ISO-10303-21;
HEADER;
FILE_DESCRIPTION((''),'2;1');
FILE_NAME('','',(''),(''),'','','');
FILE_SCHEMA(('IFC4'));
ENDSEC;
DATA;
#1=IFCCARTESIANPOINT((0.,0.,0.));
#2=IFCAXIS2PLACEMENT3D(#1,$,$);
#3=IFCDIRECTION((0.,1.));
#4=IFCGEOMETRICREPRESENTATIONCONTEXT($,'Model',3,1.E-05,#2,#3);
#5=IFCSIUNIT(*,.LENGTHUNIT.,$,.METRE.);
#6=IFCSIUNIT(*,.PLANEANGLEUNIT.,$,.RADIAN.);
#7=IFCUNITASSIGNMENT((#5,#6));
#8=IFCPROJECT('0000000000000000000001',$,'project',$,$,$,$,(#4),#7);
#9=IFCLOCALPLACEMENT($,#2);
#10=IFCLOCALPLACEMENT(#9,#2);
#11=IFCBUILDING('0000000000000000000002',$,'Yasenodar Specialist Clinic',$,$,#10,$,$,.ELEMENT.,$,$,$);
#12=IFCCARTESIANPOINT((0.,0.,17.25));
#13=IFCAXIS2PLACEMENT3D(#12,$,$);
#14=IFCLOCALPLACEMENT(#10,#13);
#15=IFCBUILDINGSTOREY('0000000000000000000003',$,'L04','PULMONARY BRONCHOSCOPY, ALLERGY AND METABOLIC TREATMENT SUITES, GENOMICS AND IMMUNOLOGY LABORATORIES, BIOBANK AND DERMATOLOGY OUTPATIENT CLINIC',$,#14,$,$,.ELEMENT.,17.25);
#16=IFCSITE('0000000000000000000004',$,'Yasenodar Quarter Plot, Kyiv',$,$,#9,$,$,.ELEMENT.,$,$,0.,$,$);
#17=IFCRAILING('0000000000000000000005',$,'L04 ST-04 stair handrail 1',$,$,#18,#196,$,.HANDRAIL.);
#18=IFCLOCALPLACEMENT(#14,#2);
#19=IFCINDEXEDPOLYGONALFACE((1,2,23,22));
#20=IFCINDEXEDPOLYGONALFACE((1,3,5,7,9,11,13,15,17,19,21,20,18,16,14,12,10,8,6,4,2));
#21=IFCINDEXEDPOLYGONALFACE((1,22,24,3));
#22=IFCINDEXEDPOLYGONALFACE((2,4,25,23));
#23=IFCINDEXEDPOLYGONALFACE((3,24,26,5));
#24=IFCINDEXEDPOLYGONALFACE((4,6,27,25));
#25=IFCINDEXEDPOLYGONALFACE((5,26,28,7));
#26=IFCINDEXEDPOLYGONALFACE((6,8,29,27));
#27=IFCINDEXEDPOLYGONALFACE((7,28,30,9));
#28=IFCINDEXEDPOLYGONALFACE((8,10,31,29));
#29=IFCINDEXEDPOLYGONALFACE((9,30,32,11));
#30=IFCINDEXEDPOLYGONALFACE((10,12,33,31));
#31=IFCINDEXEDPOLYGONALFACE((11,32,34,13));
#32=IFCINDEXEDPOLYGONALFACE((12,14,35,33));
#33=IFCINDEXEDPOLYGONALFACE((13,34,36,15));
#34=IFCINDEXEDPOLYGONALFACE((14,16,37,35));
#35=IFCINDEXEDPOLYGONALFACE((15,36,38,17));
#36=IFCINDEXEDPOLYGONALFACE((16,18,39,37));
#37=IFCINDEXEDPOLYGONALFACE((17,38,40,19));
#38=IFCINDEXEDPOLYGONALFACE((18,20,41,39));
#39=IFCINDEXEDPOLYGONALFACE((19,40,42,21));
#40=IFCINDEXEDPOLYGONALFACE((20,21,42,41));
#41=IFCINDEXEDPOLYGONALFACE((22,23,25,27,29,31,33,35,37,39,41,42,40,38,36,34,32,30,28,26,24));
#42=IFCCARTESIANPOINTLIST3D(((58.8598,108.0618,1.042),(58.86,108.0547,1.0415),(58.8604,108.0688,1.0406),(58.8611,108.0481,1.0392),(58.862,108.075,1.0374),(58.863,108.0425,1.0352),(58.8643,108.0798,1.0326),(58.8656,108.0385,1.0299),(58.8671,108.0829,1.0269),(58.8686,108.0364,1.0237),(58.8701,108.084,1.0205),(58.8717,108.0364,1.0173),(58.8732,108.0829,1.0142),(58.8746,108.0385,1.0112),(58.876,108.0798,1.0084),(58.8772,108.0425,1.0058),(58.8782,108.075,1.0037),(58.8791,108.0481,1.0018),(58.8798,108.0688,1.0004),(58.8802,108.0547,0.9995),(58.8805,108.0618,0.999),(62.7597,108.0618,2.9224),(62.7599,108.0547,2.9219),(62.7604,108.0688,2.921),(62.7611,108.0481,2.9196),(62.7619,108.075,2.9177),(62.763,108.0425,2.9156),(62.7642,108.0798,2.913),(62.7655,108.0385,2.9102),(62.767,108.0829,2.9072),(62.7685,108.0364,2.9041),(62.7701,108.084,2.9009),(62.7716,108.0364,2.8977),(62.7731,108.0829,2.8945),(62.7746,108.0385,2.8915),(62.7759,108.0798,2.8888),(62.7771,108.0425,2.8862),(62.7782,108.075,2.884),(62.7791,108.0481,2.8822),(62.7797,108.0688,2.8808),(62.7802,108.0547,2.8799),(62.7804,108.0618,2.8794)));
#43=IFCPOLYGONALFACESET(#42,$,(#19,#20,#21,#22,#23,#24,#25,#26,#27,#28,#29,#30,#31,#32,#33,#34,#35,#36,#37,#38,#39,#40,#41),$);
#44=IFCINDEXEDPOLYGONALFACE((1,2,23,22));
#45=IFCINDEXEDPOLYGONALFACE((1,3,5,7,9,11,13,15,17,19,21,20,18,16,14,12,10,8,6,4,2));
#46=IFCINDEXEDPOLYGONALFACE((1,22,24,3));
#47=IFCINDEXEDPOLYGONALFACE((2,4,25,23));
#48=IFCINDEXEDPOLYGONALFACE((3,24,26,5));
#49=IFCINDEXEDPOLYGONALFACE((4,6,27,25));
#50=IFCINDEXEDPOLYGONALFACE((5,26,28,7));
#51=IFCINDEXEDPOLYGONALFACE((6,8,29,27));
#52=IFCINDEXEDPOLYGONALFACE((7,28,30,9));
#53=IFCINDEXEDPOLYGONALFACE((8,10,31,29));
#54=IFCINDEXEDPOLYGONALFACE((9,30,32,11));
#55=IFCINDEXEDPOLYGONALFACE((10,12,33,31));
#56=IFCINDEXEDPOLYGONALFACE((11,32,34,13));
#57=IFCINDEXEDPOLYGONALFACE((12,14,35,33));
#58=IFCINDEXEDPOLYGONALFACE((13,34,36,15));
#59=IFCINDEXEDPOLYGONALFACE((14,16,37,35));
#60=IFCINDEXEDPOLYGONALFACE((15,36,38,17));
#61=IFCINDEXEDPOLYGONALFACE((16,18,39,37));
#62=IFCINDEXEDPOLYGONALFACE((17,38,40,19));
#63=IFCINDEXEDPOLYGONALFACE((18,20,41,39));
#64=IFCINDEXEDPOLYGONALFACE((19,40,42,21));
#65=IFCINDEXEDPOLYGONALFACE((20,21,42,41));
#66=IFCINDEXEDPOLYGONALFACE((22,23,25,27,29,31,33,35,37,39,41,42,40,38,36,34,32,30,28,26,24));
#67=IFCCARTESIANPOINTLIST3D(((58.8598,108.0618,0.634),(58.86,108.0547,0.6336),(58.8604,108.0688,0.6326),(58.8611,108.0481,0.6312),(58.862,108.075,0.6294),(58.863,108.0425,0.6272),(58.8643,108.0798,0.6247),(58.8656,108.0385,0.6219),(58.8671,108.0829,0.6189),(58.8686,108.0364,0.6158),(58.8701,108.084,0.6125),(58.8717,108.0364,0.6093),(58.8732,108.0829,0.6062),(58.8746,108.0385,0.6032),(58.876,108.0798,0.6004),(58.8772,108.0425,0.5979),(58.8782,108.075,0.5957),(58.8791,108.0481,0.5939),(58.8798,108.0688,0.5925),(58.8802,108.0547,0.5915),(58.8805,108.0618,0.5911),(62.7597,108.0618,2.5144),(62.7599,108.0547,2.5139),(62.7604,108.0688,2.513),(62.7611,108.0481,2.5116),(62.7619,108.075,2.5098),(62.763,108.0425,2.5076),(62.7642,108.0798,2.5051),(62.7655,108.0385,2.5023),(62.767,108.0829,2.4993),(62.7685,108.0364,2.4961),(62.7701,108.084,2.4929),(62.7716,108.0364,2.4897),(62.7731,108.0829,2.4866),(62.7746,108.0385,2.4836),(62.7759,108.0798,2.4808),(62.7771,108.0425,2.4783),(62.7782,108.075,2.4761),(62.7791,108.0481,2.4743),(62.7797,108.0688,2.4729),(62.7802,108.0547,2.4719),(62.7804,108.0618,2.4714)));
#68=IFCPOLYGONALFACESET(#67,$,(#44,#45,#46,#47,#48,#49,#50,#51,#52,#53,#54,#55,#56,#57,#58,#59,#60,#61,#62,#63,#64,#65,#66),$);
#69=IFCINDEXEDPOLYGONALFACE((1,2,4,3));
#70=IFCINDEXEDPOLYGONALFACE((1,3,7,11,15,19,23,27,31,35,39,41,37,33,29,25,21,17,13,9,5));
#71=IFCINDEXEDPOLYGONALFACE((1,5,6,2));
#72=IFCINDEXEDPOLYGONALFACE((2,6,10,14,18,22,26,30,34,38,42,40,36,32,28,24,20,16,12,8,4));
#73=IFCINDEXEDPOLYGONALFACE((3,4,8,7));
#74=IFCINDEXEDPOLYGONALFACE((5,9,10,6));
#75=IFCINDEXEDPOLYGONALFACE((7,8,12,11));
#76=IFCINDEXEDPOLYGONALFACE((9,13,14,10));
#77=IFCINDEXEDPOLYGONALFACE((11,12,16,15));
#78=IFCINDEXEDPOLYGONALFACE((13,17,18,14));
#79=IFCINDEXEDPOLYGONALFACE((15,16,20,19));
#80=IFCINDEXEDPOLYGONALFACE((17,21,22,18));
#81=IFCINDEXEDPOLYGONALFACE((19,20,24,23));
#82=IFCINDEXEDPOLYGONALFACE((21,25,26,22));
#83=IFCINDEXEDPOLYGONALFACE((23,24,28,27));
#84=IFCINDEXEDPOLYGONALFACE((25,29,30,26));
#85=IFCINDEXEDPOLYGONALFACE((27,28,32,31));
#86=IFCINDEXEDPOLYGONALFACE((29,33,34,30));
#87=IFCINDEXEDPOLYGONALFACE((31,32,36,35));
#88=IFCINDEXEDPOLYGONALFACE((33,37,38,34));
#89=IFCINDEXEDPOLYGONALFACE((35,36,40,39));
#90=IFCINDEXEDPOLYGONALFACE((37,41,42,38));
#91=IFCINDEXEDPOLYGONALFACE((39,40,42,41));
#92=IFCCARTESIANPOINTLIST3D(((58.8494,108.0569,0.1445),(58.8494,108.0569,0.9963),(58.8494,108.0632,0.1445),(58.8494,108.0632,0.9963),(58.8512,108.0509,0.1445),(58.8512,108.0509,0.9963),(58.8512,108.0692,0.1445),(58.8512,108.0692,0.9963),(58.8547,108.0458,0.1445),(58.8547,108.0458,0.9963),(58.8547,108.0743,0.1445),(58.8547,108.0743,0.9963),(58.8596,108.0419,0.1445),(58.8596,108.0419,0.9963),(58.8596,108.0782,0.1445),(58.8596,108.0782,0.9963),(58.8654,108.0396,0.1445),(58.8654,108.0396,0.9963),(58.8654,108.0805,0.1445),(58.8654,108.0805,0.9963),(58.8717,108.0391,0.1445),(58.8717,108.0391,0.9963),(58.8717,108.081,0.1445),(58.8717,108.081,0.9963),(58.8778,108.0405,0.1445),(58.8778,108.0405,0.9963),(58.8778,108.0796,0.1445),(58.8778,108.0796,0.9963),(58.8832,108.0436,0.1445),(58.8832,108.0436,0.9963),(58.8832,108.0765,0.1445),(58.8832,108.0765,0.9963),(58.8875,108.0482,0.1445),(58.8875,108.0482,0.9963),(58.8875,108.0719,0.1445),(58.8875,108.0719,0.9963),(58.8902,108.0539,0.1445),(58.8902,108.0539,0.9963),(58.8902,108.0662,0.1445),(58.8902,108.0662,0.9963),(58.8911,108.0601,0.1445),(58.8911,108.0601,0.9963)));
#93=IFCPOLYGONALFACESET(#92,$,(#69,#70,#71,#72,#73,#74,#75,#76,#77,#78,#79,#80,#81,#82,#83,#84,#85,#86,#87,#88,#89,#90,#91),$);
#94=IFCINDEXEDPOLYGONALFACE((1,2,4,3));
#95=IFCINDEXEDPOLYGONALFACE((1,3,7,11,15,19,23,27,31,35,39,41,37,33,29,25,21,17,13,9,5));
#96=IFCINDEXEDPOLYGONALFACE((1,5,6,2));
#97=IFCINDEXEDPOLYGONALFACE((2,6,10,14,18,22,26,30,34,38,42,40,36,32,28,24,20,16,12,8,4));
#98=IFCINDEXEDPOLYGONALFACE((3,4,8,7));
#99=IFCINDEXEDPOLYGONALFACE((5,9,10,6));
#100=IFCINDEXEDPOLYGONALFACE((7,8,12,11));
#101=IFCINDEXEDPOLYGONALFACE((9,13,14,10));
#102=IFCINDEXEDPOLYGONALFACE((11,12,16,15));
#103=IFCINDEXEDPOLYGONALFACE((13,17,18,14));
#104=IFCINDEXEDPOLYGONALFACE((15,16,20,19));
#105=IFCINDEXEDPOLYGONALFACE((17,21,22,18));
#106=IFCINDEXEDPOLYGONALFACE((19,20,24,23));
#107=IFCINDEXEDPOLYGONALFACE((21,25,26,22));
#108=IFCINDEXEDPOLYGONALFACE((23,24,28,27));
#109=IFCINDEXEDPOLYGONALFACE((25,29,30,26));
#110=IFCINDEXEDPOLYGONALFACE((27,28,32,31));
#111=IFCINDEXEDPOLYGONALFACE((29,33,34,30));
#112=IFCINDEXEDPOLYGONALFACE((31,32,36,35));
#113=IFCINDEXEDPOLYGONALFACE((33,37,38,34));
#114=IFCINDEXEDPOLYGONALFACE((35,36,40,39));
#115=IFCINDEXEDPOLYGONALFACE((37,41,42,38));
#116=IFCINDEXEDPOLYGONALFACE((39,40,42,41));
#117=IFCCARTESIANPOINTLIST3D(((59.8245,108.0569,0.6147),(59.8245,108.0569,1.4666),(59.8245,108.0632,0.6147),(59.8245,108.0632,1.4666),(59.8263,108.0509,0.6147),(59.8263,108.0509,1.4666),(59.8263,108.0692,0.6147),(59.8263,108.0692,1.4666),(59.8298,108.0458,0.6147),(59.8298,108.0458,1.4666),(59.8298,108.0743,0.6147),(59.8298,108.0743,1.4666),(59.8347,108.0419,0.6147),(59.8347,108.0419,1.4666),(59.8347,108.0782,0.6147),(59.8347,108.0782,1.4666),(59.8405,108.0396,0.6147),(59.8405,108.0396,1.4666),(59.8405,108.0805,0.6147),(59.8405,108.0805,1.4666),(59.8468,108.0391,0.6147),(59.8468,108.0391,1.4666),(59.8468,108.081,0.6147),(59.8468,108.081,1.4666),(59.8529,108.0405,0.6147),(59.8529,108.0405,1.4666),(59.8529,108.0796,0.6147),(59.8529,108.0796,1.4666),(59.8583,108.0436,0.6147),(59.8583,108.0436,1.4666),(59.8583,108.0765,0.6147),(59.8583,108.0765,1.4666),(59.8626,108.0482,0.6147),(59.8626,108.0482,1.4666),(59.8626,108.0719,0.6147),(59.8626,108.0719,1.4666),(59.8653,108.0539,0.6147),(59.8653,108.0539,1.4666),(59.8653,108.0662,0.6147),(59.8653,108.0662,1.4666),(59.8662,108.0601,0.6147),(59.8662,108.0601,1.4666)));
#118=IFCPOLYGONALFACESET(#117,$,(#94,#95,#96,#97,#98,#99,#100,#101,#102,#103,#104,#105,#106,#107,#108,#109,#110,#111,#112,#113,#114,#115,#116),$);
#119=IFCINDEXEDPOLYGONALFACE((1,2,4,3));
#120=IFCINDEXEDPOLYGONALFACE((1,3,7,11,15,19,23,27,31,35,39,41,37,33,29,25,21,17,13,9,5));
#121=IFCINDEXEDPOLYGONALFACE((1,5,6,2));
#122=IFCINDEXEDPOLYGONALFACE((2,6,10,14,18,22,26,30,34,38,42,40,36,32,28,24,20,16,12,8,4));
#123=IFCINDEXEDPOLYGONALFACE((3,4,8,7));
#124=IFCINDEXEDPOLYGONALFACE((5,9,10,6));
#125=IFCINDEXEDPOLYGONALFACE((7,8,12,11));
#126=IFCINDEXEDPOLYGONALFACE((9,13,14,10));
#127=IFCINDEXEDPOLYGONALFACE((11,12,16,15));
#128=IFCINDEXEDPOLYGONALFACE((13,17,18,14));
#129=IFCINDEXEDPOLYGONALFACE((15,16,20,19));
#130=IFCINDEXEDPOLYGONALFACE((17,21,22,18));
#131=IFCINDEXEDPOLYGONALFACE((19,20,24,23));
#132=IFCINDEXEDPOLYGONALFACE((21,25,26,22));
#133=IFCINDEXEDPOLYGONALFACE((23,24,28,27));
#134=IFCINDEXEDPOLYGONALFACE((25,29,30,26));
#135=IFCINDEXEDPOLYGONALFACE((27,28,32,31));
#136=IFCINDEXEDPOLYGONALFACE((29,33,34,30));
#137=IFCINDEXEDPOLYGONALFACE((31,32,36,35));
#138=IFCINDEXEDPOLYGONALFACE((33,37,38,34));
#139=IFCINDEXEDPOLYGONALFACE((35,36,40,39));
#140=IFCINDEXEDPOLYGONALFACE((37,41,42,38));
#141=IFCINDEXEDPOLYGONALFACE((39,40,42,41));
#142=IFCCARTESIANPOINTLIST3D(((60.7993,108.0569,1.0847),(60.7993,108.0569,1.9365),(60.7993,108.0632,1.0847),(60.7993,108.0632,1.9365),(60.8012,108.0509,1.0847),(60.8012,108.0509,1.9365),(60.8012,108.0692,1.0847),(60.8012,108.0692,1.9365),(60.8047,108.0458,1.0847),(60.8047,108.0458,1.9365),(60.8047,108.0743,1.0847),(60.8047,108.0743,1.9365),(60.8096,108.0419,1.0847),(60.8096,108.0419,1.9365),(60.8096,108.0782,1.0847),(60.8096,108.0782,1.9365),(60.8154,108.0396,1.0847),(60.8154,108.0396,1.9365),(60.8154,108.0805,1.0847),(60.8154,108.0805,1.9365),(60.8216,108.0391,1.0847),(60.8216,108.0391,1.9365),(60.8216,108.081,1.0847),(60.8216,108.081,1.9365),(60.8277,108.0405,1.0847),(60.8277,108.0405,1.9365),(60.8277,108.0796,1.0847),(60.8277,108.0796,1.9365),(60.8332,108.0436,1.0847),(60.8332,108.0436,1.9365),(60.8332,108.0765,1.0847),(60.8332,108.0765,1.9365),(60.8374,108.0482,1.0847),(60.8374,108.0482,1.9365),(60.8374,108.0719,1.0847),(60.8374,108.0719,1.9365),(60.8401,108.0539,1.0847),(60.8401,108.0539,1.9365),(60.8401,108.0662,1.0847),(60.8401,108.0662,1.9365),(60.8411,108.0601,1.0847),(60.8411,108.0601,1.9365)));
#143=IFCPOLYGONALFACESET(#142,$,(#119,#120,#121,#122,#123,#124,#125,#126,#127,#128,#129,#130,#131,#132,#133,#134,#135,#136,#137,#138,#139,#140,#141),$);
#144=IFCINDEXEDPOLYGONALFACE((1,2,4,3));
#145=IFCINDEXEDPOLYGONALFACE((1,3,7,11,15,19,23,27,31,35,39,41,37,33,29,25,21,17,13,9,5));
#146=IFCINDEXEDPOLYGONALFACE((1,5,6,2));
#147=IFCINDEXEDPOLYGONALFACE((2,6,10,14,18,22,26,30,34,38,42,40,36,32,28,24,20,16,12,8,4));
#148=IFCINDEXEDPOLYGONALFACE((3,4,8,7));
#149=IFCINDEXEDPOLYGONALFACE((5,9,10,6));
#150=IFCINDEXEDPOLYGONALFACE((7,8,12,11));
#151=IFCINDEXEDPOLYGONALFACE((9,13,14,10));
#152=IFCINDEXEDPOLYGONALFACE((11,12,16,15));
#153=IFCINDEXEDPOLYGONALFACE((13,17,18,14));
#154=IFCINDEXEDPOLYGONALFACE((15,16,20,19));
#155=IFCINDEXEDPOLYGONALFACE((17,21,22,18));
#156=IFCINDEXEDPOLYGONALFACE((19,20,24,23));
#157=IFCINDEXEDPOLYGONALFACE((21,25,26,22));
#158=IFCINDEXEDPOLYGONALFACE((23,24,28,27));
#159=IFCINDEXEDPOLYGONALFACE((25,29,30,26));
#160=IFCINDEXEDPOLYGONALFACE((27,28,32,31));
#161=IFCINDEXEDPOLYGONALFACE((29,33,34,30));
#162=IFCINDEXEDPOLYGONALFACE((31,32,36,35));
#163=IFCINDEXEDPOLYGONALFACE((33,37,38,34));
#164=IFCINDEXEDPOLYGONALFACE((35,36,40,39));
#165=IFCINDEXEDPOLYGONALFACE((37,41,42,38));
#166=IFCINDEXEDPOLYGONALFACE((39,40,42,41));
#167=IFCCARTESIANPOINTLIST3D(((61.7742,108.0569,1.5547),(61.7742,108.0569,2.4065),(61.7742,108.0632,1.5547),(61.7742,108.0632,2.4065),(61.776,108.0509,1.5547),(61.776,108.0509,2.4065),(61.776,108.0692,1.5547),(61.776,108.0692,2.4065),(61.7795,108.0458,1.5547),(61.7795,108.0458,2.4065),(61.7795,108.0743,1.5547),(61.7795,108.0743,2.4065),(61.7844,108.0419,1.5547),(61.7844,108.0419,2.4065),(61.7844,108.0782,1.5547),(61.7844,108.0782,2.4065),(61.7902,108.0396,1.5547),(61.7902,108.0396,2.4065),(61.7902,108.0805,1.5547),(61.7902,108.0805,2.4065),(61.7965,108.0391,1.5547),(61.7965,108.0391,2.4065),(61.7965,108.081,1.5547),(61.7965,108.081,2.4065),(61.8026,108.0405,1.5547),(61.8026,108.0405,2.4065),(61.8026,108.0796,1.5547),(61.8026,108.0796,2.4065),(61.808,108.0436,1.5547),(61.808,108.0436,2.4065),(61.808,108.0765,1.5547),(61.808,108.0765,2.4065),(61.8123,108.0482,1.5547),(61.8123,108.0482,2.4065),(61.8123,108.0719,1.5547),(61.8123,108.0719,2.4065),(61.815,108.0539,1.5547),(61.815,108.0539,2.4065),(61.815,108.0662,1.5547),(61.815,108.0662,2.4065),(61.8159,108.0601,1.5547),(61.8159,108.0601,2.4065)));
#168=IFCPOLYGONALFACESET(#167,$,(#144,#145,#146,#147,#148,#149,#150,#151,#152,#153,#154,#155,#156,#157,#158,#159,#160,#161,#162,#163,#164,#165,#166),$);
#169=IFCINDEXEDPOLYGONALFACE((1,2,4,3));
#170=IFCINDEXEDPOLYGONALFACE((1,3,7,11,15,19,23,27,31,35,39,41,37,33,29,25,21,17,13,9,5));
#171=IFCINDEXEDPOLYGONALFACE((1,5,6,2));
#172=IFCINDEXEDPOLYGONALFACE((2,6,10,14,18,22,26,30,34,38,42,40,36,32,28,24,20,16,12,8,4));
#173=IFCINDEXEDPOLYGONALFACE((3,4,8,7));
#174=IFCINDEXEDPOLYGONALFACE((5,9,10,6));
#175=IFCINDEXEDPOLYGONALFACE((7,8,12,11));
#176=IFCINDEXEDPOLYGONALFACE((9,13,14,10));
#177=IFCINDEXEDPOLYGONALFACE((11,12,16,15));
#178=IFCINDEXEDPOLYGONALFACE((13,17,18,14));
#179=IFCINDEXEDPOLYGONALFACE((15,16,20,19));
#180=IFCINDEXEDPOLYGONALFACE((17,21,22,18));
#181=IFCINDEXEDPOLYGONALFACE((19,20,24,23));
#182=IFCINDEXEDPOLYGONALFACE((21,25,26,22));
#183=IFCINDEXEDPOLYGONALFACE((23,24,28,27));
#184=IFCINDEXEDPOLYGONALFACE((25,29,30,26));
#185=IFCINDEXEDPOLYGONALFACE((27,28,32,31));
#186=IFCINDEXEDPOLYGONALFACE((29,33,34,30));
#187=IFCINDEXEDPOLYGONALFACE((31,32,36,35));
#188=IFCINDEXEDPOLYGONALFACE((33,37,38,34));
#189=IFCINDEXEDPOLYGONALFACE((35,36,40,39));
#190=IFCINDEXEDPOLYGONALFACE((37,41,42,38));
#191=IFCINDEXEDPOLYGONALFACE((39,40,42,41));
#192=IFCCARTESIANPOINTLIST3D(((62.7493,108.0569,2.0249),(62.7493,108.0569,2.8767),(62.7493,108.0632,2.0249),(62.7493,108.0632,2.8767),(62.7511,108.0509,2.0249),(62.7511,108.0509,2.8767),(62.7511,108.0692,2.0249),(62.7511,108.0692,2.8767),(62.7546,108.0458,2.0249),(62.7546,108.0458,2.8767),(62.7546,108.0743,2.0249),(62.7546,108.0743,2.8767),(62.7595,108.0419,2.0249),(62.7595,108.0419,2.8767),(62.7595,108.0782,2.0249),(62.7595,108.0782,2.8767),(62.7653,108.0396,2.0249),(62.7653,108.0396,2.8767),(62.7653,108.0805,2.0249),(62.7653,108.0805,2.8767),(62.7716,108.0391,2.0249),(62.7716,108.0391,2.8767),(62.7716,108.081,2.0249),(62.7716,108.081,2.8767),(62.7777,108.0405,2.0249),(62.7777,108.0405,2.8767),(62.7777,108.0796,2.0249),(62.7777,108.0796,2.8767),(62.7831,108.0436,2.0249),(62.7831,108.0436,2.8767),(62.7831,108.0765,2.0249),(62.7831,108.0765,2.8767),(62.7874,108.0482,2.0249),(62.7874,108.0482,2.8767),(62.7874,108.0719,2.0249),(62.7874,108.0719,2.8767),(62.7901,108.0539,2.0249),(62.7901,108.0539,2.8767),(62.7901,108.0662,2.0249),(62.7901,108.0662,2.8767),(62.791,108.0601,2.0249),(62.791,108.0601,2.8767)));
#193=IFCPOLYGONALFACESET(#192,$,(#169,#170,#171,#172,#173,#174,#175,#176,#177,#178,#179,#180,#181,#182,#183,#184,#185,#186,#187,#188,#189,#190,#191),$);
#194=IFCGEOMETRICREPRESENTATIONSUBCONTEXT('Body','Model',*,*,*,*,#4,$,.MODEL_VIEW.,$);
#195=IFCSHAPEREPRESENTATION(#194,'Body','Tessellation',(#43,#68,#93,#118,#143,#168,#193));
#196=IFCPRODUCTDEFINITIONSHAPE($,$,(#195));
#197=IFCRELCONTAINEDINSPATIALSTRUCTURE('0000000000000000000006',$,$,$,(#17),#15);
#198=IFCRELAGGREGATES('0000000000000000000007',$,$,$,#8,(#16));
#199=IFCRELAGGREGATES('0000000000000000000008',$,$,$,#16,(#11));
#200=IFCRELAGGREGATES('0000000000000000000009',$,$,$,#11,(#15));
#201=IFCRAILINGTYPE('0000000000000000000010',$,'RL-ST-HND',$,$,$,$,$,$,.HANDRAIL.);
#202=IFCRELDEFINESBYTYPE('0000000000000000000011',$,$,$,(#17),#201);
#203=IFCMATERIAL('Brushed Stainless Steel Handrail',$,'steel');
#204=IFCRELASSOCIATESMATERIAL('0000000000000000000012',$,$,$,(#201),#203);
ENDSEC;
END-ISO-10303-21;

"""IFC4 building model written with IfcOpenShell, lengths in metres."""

from ifc_helpers import new_model, si_unit, direction, frame, origin, origin_2d, place, context, subcontext, project, spatial, circle, extrude, material, type_object, element, save


model = new_model("IFC4")

# Units and contexts
model_context = context("Model", 3, precision=1e-05, world=origin(), true_north=direction((0.0, 1.0)))
body_context = subcontext(model_context, "Body", "Model", "MODEL_VIEW")
ifc_project = project(units=[si_unit("LENGTHUNIT", "METRE"), si_unit("PLANEANGLEUNIT", "RADIAN")], contexts=[model_context])

# Site, building, storey
site_placement = place(None, origin())
site = spatial("IfcSite", under=ifc_project, at=site_placement, Name="Yasenodar Quarter Plot, Kyiv", CompositionType="ELEMENT", RefElevation=0.0)
building_placement = place(site_placement, origin())
building = spatial("IfcBuilding", under=site, at=building_placement, Name="Yasenodar Specialist Clinic", CompositionType="ELEMENT")
storey_placement = place(building_placement, frame((0.0, 0.0, 17.25)))
storey = spatial("IfcBuildingStorey", under=building, at=storey_placement, Name="L04", Description="PULMONARY BRONCHOSCOPY, ALLERGY AND METABOLIC TREATMENT SUITES, GENOMICS AND IMMUNOLOGY LABORATORIES, BIOBANK AND DERMATOLOGY OUTPATIENT CLINIC", CompositionType="ELEMENT", Elevation=17.25)

# Railing
ifc_material_1 = material(Name="Brushed Stainless Steel Handrail", Category="steel")
railing_type_1 = type_object("IfcRailingType", Name="RL-ST-HND", PredefinedType="HANDRAIL", material=ifc_material_1)
railing_1_placement = place(storey_placement, frame((58.8701, 108.0601, 0.1445)))
element("IfcRailing", 1, at=railing_1_placement, inside=storey, type_object=railing_type_1, Name="L04 ST-04 stair handrail 1", PredefinedType="HANDRAIL", context=body_context, shape_type="SweptSolid", body=[
    extrude(circle(Radius=0.0239, at=origin_2d()), frame((0.0, 0.0, 0.876), z_axis=(0.900763, 0.0, 0.434311), x_axis=(0.0, 1.0, 0.0)), (0.0, 0.0, 1.0), 4.3296),
    extrude(circle(Radius=0.0239, at=origin_2d()), frame((0.0, 0.0, 0.468), z_axis=(0.900763, 0.0, 0.434311), x_axis=(0.0, 1.0, 0.0)), (0.0, 0.0, 1.0), 4.3296),
    extrude(circle(Radius=0.021, at=origin_2d()), origin(), (0.0, 0.0, 1.0), 0.8518),
    extrude(circle(Radius=0.021, at=origin_2d()), frame((0.9751, 0.0, 0.4702)), (0.0, 0.0, 1.0), 0.8518),
    extrude(circle(Radius=0.021, at=origin_2d()), frame((1.95, 0.0, 0.9402)), (0.0, 0.0, 1.0), 0.8518),
    extrude(circle(Radius=0.021, at=origin_2d()), frame((2.9248, 0.0, 1.4102)), (0.0, 0.0, 1.0), 0.8518),
    extrude(circle(Radius=0.021, at=origin_2d()), frame((3.8999, 0.0, 1.8804)), (0.0, 0.0, 1.0), 0.8518),
])

save(model, "model.ifc")
